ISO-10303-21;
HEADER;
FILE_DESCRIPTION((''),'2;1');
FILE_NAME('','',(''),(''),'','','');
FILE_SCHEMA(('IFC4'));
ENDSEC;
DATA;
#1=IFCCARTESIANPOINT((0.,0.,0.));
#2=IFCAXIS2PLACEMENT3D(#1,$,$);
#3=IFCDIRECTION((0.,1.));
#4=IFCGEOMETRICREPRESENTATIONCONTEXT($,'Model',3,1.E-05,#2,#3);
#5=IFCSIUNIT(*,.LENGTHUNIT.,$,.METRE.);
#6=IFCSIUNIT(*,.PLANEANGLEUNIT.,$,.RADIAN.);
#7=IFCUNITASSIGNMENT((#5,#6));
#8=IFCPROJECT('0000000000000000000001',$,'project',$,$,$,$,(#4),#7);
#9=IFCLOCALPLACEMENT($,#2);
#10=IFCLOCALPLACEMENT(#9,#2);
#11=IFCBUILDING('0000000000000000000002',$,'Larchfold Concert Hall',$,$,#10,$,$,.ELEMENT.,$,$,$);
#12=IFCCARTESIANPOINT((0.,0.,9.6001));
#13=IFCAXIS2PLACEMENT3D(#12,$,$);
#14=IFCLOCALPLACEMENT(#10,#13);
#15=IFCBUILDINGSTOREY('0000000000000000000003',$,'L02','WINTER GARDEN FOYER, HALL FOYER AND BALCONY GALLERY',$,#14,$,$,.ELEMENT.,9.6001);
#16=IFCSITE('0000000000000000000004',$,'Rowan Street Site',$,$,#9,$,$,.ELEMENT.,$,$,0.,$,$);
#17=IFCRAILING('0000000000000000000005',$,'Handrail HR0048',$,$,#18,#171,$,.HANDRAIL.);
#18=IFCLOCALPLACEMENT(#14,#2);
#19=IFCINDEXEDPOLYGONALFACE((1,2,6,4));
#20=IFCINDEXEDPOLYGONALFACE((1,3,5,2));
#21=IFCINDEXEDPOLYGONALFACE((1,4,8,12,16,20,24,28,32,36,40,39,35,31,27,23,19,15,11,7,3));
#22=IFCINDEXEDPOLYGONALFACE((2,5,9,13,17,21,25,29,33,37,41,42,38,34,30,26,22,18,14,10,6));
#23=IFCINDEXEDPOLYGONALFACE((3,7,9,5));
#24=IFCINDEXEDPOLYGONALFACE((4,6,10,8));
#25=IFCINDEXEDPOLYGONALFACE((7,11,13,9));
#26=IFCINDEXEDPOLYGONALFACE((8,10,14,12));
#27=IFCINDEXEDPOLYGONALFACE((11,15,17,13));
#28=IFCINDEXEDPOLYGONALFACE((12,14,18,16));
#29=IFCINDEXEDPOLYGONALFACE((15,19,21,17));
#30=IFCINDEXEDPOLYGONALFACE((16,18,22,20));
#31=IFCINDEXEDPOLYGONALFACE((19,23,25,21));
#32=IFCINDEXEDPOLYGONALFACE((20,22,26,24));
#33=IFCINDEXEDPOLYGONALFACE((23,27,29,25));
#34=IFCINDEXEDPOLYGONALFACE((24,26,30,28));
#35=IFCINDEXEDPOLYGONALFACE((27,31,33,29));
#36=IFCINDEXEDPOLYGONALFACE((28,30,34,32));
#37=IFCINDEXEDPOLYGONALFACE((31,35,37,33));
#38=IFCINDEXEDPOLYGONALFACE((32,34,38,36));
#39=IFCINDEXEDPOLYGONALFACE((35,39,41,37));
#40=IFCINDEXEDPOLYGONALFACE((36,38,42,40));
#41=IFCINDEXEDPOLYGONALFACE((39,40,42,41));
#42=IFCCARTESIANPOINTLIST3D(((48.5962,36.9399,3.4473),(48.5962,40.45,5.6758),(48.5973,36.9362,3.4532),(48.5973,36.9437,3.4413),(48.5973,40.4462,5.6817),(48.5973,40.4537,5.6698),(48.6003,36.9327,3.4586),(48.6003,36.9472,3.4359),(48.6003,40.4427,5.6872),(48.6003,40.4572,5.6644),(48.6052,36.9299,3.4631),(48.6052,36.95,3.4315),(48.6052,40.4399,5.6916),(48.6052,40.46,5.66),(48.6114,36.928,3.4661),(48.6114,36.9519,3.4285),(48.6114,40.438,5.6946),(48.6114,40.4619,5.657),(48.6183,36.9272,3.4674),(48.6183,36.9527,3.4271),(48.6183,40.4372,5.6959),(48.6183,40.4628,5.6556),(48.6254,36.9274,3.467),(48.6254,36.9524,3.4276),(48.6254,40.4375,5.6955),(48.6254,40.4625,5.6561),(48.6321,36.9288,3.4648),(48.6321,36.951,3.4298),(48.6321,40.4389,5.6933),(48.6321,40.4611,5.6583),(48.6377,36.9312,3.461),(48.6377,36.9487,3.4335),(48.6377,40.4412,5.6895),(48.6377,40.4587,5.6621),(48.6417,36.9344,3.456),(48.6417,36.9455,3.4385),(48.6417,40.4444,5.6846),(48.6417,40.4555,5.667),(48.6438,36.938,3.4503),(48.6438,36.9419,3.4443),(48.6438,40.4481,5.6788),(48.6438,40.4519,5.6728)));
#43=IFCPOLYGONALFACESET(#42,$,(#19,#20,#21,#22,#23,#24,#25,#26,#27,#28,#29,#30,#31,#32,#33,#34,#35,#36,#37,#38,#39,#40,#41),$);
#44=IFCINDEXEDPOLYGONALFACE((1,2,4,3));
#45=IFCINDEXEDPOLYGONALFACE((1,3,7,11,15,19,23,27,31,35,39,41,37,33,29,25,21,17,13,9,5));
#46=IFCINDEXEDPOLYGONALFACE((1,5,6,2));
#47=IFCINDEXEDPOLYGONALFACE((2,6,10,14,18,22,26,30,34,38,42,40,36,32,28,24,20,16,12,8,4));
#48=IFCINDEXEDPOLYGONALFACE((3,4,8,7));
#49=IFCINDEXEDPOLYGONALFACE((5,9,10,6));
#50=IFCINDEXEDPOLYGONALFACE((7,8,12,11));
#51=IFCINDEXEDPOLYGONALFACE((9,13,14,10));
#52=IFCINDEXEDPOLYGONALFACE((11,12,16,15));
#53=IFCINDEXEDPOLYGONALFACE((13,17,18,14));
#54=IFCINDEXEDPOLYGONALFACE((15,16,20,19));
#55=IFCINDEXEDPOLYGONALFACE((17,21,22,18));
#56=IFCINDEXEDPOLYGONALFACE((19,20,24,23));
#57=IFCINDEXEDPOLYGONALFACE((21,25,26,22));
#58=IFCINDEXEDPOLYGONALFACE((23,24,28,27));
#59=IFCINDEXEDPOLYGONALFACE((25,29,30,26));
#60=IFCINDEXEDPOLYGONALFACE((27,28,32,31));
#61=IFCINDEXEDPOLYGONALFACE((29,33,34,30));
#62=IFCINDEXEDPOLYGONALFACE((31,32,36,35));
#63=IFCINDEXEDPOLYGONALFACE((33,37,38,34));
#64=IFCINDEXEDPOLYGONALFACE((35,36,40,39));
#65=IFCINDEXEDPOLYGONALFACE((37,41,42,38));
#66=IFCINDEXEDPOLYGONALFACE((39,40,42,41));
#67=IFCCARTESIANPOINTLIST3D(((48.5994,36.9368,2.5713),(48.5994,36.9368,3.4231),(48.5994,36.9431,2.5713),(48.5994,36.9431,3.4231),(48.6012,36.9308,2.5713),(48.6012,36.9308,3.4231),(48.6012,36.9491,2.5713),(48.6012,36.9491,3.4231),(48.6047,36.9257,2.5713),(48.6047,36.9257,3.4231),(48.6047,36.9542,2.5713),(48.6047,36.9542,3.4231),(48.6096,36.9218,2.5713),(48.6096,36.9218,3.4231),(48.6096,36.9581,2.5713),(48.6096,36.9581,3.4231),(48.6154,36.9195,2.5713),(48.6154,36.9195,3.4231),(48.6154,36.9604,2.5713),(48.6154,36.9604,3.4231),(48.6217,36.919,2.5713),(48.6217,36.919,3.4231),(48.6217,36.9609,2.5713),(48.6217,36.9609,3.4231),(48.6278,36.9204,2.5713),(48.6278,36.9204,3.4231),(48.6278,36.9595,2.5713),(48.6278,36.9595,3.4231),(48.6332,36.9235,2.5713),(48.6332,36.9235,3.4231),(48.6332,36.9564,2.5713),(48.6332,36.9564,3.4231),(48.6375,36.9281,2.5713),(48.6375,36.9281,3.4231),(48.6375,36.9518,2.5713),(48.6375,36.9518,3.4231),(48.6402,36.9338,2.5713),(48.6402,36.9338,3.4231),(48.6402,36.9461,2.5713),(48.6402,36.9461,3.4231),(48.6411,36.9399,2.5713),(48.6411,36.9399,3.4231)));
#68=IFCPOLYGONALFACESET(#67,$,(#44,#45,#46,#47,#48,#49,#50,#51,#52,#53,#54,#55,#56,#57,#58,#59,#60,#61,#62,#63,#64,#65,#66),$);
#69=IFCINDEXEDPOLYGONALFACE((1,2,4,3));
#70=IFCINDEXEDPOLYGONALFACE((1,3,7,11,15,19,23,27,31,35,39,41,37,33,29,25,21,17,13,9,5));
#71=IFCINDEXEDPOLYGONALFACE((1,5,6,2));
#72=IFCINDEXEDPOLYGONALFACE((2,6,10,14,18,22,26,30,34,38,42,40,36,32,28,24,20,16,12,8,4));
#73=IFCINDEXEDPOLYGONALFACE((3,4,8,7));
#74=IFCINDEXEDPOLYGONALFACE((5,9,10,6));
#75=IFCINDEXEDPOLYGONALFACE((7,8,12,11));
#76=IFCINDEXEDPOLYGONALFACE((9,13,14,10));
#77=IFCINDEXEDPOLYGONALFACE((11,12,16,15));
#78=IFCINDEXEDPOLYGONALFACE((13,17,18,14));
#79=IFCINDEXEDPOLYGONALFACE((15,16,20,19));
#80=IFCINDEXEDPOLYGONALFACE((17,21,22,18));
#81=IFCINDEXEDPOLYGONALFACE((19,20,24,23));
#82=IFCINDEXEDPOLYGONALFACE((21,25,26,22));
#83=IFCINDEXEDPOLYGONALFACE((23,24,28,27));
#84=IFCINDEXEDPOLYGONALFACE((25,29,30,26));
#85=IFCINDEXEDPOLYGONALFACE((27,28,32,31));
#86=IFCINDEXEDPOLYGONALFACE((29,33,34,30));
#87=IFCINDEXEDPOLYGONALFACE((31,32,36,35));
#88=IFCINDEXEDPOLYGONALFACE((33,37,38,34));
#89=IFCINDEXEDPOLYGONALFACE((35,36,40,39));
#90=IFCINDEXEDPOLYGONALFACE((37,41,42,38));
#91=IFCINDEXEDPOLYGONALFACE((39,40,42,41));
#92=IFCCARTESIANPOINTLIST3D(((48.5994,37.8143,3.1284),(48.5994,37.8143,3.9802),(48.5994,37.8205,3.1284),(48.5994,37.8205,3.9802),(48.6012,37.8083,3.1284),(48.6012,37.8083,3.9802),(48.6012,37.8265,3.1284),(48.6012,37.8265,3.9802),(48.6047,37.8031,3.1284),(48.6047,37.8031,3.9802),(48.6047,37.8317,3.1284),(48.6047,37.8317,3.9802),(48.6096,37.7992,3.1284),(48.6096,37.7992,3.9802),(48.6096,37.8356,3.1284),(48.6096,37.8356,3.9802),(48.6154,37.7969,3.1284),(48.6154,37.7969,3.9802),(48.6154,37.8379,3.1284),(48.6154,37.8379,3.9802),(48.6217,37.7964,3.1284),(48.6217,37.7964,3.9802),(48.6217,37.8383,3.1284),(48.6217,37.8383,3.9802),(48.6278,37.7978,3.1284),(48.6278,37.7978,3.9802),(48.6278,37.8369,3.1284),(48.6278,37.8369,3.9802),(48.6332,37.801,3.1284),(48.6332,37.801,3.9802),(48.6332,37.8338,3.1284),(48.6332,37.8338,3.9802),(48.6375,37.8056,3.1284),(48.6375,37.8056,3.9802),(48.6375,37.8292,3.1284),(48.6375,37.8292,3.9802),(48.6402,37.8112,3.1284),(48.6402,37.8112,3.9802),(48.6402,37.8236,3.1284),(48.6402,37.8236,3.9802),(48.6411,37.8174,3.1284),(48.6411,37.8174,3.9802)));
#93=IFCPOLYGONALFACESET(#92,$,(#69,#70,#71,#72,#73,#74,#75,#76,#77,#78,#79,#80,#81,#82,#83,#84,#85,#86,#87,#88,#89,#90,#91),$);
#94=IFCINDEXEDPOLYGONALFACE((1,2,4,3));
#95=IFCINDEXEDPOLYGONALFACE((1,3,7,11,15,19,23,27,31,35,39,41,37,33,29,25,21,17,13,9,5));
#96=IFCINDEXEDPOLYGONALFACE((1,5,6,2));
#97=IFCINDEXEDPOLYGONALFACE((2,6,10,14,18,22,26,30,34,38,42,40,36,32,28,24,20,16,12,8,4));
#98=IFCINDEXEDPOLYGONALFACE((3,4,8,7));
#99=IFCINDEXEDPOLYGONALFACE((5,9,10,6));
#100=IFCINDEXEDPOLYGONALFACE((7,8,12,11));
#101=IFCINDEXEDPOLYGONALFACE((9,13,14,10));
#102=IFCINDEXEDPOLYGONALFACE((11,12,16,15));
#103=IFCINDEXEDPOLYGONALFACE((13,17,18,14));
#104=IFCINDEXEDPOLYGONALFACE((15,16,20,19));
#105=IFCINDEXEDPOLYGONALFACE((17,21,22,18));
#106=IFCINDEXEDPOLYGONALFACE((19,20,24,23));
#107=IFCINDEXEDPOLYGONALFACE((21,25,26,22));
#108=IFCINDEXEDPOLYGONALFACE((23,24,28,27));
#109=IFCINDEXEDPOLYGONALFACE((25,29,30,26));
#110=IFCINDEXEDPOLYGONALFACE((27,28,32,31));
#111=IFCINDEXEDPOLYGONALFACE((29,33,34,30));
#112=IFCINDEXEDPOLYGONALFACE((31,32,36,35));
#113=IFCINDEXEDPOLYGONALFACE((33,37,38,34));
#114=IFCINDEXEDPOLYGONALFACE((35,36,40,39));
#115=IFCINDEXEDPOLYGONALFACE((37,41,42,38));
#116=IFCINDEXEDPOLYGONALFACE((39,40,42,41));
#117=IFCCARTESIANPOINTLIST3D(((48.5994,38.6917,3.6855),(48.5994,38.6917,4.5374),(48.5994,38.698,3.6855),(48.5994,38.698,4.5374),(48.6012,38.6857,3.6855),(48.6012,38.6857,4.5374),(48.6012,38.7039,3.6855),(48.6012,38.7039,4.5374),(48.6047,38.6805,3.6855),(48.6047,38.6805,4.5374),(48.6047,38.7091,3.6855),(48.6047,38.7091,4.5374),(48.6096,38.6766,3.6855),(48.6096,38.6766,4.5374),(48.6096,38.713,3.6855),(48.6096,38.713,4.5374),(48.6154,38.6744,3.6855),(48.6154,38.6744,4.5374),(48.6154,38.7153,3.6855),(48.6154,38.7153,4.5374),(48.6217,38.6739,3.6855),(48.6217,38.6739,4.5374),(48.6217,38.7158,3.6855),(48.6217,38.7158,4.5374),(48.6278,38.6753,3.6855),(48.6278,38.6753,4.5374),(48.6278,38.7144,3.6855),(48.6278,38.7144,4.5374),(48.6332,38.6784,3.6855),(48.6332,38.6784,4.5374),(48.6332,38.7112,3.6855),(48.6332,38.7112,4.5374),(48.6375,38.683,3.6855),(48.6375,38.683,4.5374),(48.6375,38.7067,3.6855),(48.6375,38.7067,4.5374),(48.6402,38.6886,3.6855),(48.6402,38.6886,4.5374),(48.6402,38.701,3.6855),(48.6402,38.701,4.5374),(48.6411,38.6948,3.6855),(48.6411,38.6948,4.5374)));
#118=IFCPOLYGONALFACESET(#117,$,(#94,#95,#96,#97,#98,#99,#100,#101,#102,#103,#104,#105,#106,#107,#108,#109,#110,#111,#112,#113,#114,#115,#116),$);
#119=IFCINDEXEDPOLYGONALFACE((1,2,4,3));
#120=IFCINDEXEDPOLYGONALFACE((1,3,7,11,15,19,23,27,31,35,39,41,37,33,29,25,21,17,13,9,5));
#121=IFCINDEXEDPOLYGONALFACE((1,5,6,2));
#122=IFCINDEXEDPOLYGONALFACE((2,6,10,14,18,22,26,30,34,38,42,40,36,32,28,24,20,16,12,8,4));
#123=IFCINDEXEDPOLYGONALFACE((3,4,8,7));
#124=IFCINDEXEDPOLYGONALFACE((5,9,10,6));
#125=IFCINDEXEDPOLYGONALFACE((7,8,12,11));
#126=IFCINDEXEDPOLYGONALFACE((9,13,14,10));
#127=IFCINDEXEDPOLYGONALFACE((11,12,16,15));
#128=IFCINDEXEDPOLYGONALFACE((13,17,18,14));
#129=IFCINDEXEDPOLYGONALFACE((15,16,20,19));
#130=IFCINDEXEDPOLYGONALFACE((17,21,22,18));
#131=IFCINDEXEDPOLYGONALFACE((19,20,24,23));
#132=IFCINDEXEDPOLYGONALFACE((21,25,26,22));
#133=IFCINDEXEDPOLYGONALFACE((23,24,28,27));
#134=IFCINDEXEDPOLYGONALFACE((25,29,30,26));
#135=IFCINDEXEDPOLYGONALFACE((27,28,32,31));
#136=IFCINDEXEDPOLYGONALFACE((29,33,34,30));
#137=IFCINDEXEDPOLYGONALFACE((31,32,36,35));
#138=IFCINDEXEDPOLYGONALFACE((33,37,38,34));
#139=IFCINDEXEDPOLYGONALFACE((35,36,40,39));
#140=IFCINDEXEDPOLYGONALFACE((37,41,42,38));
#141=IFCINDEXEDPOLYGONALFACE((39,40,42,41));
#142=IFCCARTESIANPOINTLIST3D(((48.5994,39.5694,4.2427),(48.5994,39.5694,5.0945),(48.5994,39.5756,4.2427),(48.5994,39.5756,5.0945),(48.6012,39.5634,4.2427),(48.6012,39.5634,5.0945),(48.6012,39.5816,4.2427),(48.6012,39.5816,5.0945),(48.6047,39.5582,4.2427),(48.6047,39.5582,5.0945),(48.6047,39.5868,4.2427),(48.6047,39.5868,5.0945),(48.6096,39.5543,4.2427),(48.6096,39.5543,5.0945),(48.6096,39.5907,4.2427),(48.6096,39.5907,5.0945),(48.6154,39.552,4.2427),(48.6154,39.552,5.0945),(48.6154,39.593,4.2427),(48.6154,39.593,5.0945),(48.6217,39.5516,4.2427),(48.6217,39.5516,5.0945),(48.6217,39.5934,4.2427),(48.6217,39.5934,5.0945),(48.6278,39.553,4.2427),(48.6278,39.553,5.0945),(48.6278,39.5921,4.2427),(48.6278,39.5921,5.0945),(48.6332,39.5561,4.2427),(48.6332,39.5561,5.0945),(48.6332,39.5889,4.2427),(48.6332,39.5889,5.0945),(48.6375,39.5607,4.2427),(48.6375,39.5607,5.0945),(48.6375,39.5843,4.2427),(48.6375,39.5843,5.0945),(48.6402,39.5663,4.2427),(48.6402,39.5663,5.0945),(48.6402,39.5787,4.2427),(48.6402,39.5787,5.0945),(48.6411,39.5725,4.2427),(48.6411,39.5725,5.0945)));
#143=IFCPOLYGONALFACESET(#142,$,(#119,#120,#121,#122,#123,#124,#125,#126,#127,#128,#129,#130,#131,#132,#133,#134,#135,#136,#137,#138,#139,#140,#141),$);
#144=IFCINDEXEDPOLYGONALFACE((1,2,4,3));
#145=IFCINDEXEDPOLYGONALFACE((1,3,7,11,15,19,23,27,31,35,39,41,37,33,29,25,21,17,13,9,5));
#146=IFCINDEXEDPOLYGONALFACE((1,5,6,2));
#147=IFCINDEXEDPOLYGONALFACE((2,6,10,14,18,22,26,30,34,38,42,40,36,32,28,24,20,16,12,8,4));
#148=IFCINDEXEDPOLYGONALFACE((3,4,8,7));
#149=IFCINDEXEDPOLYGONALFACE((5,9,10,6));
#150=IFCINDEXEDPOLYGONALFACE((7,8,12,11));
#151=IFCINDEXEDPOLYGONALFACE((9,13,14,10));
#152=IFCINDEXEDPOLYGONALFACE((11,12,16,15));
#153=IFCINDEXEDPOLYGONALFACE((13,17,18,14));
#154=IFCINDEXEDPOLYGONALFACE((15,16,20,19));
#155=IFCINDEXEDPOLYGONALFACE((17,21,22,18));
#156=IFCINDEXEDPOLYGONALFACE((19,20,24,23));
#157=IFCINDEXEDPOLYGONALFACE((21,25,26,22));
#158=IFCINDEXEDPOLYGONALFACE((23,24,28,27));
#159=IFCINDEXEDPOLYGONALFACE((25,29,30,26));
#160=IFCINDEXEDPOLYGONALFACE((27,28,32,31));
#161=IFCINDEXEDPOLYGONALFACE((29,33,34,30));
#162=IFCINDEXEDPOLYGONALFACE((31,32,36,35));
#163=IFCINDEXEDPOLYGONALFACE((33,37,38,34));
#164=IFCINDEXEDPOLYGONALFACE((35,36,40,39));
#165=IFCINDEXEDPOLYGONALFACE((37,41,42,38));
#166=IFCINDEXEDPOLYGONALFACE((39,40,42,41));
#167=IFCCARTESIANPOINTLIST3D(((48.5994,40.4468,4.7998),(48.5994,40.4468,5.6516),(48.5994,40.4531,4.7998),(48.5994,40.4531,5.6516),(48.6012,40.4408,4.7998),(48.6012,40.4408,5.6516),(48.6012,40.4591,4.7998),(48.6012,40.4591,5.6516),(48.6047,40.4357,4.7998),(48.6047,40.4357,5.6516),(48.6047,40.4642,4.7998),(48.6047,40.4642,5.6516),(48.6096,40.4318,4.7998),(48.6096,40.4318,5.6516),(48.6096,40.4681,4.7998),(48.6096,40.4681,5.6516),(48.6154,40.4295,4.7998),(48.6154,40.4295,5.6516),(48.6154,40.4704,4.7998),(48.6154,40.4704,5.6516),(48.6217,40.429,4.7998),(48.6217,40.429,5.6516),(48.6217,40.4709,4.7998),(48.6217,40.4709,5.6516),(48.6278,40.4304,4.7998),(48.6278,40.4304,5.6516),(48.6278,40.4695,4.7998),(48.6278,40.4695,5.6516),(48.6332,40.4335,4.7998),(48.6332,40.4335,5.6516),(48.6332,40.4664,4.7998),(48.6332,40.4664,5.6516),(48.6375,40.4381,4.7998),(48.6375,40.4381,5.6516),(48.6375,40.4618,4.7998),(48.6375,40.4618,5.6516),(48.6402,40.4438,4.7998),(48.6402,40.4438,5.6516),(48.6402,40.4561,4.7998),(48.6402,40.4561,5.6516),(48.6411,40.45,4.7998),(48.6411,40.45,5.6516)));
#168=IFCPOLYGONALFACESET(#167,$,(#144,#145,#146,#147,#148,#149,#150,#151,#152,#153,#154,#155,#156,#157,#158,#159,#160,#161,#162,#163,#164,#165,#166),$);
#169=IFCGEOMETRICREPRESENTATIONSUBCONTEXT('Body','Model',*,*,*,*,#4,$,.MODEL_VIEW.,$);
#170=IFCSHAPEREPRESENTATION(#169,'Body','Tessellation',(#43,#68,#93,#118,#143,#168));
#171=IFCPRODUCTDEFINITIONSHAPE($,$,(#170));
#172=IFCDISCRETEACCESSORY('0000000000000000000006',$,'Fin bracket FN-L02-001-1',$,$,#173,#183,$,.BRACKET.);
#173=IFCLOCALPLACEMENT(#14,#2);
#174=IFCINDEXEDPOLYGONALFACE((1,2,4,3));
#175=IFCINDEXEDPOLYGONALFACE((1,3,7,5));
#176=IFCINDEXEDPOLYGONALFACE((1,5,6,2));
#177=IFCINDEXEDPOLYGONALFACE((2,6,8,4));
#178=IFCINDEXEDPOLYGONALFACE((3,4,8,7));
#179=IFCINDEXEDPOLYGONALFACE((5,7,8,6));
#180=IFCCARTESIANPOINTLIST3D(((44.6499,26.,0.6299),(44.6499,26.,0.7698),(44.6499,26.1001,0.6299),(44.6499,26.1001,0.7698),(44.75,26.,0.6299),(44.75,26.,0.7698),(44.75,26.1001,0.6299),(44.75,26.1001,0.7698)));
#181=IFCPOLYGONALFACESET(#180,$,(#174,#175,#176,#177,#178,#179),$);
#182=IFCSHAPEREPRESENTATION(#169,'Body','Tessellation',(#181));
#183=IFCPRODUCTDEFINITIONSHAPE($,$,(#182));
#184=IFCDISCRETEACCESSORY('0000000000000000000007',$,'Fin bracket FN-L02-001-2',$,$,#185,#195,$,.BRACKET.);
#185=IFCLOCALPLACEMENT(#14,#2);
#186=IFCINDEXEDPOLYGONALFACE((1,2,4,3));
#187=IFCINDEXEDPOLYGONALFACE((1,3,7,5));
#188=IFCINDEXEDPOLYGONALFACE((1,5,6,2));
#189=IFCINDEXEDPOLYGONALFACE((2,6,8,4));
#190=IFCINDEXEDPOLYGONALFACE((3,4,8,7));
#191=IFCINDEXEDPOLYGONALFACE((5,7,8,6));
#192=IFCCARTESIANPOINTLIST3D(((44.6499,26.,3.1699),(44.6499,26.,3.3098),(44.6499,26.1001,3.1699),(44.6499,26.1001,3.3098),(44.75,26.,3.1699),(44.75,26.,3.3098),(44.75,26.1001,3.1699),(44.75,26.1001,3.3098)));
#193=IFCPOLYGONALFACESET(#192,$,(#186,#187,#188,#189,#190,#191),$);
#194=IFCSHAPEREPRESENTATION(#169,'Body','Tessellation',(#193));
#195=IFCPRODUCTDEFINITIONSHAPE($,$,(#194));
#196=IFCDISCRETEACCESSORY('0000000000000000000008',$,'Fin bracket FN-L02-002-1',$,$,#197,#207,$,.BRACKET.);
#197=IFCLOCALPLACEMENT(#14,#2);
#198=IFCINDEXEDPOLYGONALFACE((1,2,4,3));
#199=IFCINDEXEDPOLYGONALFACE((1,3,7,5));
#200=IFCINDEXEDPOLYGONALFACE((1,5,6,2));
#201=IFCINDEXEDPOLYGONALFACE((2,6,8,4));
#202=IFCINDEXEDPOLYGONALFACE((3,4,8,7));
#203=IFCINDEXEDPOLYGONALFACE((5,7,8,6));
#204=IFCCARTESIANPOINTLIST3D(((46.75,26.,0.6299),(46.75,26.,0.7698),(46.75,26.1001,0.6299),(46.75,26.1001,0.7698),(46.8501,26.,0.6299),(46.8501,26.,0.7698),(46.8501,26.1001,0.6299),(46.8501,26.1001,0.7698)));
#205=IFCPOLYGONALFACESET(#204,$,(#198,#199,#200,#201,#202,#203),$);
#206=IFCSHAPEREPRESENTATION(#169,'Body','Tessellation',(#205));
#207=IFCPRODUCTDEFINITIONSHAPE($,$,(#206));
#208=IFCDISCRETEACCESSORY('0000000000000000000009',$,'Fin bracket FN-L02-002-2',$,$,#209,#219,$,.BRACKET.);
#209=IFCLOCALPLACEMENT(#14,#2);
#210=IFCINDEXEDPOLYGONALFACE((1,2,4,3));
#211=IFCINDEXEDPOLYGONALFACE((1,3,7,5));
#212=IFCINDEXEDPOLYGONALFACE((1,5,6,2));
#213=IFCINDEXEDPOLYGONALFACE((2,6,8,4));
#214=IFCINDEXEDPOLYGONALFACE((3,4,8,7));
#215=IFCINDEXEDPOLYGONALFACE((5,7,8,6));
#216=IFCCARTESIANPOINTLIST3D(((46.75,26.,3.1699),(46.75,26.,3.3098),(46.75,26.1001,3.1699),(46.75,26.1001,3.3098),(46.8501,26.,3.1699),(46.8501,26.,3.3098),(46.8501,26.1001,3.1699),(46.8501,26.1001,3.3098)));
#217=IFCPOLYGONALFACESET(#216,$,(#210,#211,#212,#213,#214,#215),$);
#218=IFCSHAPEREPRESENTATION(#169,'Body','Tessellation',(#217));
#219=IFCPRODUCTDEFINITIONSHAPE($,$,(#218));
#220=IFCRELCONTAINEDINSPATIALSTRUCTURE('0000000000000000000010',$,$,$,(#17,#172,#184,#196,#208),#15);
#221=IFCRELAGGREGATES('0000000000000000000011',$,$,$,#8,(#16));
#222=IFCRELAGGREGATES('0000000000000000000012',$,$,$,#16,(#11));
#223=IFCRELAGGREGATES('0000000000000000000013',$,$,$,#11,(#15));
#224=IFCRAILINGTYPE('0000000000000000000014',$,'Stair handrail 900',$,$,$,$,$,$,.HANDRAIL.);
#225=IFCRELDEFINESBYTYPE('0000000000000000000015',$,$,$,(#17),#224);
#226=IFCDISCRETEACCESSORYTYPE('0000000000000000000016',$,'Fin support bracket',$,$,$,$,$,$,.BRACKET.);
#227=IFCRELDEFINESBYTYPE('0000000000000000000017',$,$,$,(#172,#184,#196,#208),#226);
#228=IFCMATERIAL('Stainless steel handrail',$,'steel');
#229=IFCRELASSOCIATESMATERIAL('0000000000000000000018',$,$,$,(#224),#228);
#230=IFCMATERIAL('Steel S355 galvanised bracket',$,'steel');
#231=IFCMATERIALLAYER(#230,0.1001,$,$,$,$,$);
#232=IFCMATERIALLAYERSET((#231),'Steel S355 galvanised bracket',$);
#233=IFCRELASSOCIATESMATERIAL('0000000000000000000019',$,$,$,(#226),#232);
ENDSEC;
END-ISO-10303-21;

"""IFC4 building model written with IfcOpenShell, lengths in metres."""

from ifc_helpers import new_model, si_unit, direction, frame, origin, origin_2d, place, context, subcontext, project, spatial, rectangle, circle, extrude, material, layer, layer_set, type_object, element, save


model = new_model("IFC4")

# Units and contexts
model_context = context("Model", 3, precision=1e-05, world=origin(), true_north=direction((0.0, 1.0)))
body_context = subcontext(model_context, "Body", "Model", "MODEL_VIEW")
ifc_project = project(units=[si_unit("LENGTHUNIT", "METRE"), si_unit("PLANEANGLEUNIT", "RADIAN")], contexts=[model_context])

# Site, building, storey
site_placement = place(None, origin())
site = spatial("IfcSite", under=ifc_project, at=site_placement, Name="Rowan Street Site", CompositionType="ELEMENT", RefElevation=0.0)
building_placement = place(site_placement, origin())
building = spatial("IfcBuilding", under=site, at=building_placement, Name="Larchfold Concert Hall", CompositionType="ELEMENT")
storey_placement = place(building_placement, frame((0.0, 0.0, 9.6001)))
storey = spatial("IfcBuildingStorey", under=building, at=storey_placement, Name="L02", Description="WINTER GARDEN FOYER, HALL FOYER AND BALCONY GALLERY", CompositionType="ELEMENT", Elevation=9.6001)

# Railing
ifc_material_1 = material(Name="Stainless steel handrail", Category="steel")
railing_type_1 = type_object("IfcRailingType", Name="Stair handrail 900", PredefinedType="HANDRAIL", material=ifc_material_1)
railing_1_placement = place(storey_placement, frame((48.6201, 36.9399, 2.5713)))
element("IfcRailing", 1, at=railing_1_placement, inside=storey, type_object=railing_type_1, Name="Handrail HR0048", PredefinedType="HANDRAIL", context=body_context, shape_type="SweptSolid", body=[
    extrude(circle(Radius=0.0239, at=origin_2d()), frame((0.0, 0.0, 0.876), z_axis=(0.0, 0.84422, 0.535998), x_axis=(-1.0, 0.0, 0.0)), (0.0, 0.0, 1.0), 4.1577),
    extrude(circle(Radius=0.021, at=origin_2d()), origin(), (0.0, 0.0, 1.0), 0.8518),
    extrude(circle(Radius=0.021, at=origin_2d()), frame((0.0, 0.8774, 0.5571)), (0.0, 0.0, 1.0), 0.8518),
    extrude(circle(Radius=0.021, at=origin_2d()), frame((0.0, 1.7549, 1.1143)), (0.0, 0.0, 1.0), 0.8518),
    extrude(circle(Radius=0.021, at=origin_2d()), frame((0.0, 2.6326, 1.6714)), (0.0, 0.0, 1.0), 0.8518),
    extrude(circle(Radius=0.021, at=origin_2d()), frame((0.0, 3.51, 2.2285)), (0.0, 0.0, 1.0), 0.8518),
])

# Discrete accessories
ifc_material_2 = material(Name="Steel S355 galvanised bracket", Category="steel")
ifc_layer_1 = layer(ifc_material_2, 0.1001)
ifc_layer_set_1 = layer_set([ifc_layer_1], Name="Steel S355 galvanised bracket")
discrete_accessory_type = type_object("IfcDiscreteAccessoryType", Name="Fin support bracket", PredefinedType="BRACKET", material=ifc_layer_set_1)
for number, where, z_axis, x_axis, name in (
    (2, (44.7, 26.05, 0.6299), (0.0, 0.0, 1.0), (0.0, 1.0, 0.0), "Fin bracket FN-L02-001-1"),
    (3, (44.7, 26.05, 3.1699), (0.0, 0.0, 1.0), (0.0, 1.0, 0.0), "Fin bracket FN-L02-001-2"),
    (4, (46.8, 26.05, 0.6299), (0.0, 0.0, 1.0), (0.0, 1.0, 0.0), "Fin bracket FN-L02-002-1"),
    (5, (46.8, 26.05, 3.1699), (0.0, 0.0, 1.0), (0.0, 1.0, 0.0), "Fin bracket FN-L02-002-2"),
):
    element("IfcDiscreteAccessory", number, at=place(storey_placement, frame(where, z_axis=z_axis, x_axis=x_axis)), inside=storey, type_object=discrete_accessory_type, Name=name, PredefinedType="BRACKET", context=body_context, shape_type="SweptSolid", body=[
        extrude(rectangle(XDim=0.1001, YDim=0.1001, at=origin_2d()), origin(), (0.0, 0.0, 1.0), 0.1399),
    ])

save(model, "model.ifc")
